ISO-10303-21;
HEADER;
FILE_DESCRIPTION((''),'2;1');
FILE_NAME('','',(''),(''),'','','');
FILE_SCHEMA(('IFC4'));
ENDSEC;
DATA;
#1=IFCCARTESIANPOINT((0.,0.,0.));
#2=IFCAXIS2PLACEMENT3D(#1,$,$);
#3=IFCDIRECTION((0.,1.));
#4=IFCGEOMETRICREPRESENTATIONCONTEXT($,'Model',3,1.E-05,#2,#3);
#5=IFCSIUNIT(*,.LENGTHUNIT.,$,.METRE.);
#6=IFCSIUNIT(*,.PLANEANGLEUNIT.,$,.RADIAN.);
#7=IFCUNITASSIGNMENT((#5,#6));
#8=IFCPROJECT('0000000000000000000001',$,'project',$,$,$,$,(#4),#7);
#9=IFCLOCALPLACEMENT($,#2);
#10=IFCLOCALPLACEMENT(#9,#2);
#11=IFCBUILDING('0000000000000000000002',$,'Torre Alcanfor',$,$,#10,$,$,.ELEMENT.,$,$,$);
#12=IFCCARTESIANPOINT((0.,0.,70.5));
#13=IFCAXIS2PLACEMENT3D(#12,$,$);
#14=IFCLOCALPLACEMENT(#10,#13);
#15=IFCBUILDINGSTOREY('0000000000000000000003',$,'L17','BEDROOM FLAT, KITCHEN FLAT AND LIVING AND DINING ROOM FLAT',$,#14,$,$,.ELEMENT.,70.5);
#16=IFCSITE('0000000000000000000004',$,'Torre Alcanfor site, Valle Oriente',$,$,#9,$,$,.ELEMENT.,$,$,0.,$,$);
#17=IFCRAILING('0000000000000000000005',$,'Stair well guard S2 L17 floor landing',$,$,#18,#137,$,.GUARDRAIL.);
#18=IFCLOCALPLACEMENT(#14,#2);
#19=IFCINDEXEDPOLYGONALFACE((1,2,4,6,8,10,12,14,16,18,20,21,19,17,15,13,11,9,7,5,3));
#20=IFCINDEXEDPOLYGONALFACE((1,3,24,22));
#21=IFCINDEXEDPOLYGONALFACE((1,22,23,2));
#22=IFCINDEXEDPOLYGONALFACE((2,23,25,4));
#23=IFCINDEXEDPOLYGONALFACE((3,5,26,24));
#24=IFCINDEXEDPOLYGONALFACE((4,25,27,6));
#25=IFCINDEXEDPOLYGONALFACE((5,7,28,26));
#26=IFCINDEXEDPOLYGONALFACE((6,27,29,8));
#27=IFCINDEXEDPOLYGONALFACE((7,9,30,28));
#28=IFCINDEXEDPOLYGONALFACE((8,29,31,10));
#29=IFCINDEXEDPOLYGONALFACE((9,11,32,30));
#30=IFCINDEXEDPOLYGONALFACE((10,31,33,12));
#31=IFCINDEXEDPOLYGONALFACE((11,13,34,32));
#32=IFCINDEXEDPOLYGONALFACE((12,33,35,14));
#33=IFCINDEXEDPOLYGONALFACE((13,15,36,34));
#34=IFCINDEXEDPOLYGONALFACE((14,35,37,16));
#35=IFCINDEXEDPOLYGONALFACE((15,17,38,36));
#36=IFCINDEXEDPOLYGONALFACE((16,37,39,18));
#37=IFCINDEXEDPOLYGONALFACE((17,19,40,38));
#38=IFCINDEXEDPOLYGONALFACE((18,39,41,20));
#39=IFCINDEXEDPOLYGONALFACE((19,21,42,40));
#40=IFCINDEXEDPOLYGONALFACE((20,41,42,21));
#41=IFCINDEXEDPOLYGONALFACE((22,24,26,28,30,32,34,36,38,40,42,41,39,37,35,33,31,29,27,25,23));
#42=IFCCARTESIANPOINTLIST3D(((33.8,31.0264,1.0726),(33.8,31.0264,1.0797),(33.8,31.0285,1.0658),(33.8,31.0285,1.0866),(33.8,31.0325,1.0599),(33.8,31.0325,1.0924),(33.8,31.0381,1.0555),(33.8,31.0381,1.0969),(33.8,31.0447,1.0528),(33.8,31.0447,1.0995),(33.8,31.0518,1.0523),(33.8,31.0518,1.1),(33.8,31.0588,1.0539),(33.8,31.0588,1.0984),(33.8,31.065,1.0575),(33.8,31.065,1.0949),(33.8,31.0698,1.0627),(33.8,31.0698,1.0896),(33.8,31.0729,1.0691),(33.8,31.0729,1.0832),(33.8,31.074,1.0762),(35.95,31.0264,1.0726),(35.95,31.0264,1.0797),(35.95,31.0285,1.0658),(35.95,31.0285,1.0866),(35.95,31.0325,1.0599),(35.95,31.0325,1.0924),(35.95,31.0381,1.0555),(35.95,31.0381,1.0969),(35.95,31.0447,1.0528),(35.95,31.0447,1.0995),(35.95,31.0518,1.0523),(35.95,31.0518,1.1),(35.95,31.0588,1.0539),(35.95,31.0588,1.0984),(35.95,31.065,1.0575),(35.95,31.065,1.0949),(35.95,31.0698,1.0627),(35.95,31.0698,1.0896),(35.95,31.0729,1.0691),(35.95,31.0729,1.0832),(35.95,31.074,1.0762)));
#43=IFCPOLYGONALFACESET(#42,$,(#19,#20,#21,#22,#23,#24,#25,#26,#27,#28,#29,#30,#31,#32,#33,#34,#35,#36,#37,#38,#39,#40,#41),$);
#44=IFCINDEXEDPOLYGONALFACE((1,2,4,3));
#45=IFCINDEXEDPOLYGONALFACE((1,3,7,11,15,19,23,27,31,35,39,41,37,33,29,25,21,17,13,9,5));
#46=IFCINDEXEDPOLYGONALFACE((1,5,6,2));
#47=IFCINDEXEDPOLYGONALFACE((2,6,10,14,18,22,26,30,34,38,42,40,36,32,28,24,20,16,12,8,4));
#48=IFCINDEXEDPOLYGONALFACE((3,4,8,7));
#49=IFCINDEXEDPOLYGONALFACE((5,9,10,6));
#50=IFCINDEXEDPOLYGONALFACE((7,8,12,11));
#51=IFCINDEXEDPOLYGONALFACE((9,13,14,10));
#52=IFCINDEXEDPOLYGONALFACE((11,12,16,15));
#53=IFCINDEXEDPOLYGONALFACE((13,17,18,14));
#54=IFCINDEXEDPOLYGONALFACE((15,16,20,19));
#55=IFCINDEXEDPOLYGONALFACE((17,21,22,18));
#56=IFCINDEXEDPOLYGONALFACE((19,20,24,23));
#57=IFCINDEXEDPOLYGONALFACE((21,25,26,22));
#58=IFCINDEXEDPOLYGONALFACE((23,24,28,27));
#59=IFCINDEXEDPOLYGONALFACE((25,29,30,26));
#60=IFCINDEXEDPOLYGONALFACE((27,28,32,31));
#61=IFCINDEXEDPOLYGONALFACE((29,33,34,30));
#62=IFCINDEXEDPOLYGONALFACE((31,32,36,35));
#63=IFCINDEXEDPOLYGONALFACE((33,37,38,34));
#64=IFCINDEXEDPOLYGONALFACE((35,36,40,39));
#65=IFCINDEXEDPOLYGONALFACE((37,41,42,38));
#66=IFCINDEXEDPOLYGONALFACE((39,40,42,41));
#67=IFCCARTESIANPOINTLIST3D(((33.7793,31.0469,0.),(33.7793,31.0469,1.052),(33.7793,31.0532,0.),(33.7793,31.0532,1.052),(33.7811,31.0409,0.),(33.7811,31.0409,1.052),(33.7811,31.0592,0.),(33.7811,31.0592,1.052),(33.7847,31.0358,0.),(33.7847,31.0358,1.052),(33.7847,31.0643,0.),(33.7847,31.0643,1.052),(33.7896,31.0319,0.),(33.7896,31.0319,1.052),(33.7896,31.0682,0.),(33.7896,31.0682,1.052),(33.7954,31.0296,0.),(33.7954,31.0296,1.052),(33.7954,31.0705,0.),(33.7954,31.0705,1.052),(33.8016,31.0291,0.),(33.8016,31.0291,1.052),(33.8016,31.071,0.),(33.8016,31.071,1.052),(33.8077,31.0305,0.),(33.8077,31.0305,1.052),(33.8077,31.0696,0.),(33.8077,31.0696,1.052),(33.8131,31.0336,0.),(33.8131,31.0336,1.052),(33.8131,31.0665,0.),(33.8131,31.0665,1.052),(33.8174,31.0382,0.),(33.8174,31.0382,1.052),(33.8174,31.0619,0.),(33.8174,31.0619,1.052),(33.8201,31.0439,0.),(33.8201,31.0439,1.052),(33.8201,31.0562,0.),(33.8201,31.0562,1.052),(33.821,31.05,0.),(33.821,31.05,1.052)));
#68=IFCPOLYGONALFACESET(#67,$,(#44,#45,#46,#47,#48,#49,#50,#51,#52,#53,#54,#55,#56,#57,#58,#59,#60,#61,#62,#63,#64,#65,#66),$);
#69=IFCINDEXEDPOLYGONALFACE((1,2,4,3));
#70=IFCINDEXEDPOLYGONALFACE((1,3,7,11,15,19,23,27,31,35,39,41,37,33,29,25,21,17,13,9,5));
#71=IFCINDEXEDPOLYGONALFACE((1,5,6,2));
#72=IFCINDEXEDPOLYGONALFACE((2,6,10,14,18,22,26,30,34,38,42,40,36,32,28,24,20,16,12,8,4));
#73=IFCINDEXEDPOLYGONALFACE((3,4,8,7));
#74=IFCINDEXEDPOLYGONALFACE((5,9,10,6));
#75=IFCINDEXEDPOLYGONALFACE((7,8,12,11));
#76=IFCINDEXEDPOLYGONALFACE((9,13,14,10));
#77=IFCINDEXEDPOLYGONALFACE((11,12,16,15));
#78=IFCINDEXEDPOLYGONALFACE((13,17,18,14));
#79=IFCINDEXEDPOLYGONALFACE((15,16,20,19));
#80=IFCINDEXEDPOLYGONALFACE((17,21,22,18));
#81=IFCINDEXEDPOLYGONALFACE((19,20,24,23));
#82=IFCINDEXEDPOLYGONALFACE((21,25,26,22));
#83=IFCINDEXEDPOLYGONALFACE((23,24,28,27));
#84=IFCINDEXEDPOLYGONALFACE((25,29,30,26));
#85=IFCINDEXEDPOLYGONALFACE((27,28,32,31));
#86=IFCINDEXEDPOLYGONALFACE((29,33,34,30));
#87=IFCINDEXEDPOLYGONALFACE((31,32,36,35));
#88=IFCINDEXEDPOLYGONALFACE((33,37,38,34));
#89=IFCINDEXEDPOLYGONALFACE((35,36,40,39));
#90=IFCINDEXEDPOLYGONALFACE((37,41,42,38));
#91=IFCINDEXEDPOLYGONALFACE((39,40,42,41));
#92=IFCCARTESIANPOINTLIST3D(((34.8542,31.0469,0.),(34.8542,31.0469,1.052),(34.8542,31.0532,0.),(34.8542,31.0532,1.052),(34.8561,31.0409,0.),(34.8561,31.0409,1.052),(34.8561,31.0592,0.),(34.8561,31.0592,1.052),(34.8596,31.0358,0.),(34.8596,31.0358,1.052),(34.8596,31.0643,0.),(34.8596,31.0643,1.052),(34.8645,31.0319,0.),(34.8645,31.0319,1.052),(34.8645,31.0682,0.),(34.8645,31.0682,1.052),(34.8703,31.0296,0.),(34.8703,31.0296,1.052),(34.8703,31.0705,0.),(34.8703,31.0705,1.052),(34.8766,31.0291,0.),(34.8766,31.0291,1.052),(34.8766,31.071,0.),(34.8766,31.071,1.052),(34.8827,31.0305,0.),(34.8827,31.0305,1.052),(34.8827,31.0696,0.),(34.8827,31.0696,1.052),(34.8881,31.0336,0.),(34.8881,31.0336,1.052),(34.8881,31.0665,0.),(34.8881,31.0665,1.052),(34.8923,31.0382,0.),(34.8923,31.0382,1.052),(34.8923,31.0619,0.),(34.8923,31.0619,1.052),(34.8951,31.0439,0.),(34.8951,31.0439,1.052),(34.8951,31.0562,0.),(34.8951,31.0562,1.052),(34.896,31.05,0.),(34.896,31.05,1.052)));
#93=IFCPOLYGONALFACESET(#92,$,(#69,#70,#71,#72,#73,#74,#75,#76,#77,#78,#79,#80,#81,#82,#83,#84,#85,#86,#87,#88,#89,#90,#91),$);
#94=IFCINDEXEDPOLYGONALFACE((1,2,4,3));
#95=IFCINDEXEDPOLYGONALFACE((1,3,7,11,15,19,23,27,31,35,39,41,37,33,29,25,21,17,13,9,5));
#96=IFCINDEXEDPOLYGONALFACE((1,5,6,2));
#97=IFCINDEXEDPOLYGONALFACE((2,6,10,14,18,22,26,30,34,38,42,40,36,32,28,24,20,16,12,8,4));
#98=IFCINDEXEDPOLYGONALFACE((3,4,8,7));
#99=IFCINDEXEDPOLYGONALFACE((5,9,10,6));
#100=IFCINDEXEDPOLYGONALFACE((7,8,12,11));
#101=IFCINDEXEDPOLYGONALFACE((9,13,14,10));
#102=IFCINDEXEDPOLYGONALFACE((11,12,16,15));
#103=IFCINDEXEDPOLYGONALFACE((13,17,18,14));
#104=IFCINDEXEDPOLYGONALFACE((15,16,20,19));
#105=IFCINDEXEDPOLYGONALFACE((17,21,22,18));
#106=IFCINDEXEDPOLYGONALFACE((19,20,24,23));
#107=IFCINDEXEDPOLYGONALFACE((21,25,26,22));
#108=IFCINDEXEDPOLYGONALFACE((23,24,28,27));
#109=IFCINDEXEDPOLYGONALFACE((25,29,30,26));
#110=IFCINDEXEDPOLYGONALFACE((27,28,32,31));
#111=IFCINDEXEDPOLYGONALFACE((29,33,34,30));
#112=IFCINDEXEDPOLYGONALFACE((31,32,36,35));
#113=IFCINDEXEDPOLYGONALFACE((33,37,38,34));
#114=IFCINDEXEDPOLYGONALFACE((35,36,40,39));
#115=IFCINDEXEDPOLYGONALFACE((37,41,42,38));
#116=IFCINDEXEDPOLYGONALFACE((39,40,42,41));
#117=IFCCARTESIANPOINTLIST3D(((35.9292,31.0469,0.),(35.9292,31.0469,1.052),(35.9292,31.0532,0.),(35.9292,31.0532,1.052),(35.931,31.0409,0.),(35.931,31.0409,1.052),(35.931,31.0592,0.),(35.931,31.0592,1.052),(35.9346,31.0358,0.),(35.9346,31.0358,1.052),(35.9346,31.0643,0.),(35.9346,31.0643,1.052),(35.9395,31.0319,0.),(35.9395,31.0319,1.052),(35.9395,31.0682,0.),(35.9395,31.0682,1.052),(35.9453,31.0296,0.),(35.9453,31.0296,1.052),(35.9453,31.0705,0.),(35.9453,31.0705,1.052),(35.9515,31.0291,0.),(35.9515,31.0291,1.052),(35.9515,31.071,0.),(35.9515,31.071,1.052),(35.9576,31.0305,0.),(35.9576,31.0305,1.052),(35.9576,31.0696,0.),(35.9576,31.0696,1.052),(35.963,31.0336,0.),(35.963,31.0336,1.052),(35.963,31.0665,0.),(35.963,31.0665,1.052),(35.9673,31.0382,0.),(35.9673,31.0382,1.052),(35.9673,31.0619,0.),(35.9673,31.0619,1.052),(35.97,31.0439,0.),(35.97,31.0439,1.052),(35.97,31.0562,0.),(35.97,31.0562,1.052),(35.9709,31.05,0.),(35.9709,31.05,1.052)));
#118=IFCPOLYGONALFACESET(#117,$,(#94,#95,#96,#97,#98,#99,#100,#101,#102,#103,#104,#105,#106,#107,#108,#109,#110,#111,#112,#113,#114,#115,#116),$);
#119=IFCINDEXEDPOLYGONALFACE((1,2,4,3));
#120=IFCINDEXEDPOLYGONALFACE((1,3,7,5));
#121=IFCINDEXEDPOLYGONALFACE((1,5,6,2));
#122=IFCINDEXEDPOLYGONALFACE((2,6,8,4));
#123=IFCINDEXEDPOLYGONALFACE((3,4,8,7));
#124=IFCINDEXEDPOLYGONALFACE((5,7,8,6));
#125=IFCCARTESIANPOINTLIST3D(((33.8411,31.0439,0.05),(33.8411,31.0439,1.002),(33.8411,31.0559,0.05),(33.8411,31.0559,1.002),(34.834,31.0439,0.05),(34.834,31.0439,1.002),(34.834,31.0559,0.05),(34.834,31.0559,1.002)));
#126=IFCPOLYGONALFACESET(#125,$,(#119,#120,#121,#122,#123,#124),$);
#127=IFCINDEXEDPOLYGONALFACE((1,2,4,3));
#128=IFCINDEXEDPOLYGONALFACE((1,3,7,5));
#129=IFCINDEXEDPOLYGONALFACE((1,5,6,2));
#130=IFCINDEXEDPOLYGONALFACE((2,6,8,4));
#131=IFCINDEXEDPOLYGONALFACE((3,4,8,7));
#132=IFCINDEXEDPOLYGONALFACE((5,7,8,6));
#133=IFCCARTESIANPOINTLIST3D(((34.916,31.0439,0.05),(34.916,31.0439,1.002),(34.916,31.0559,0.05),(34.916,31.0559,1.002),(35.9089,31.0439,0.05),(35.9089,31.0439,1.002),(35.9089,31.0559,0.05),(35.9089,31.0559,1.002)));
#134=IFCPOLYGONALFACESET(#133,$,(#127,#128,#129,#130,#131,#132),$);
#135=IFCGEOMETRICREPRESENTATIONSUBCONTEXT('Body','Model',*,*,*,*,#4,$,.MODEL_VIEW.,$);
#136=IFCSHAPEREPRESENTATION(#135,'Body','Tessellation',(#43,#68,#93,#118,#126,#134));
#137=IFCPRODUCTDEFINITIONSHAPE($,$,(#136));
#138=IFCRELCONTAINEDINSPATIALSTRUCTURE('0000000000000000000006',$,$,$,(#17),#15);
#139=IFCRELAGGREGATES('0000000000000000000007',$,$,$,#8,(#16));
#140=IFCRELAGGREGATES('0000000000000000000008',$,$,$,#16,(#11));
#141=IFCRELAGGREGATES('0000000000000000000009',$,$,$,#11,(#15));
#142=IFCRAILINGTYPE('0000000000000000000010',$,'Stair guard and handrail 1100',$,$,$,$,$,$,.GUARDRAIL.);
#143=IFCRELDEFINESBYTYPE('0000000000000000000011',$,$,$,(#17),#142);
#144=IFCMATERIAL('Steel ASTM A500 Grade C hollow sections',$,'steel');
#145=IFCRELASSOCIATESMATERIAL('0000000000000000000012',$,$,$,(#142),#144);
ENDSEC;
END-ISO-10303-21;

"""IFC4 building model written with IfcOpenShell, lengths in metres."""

from ifc_helpers import new_model, si_unit, direction, frame, origin, origin_2d, place, context, subcontext, project, spatial, polyline, circle, outline, extrude, material, type_object, element, save


model = new_model("IFC4")

# Units and contexts
model_context = context("Model", 3, precision=1e-05, world=origin(), true_north=direction((0.0, 1.0)))
body_context = subcontext(model_context, "Body", "Model", "MODEL_VIEW")
ifc_project = project(units=[si_unit("LENGTHUNIT", "METRE"), si_unit("PLANEANGLEUNIT", "RADIAN")], contexts=[model_context])

# Site, building, storey
site_placement = place(None, origin())
site = spatial("IfcSite", under=ifc_project, at=site_placement, Name="Torre Alcanfor site, Valle Oriente", CompositionType="ELEMENT", RefElevation=0.0)
building_placement = place(site_placement, origin())
building = spatial("IfcBuilding", under=site, at=building_placement, Name="Torre Alcanfor", CompositionType="ELEMENT")
storey_placement = place(building_placement, frame((0.0, 0.0, 70.5)))
storey = spatial("IfcBuildingStorey", under=building, at=storey_placement, Name="L17", Description="BEDROOM FLAT, KITCHEN FLAT AND LIVING AND DINING ROOM FLAT", CompositionType="ELEMENT", Elevation=70.5)

# Railing
ifc_material_1 = material(Name="Steel ASTM A500 Grade C hollow sections", Category="steel")
railing_type_1 = type_object("IfcRailingType", Name="Stair guard and handrail 1100", PredefinedType="GUARDRAIL", material=ifc_material_1)
for number, where, name in (
    (1, (33.8, 31.05, 0.0), "Stair well guard S2 L17 floor landing"),
):
    element("IfcRailing", number, at=place(storey_placement, frame(where)), inside=storey, type_object=railing_type_1, Name=name, PredefinedType="GUARDRAIL", context=body_context, shape_type="SweptSolid", body=[
        extrude(circle(Radius=0.0239, at=origin_2d()), frame((0.0, 0.0, 1.0762), z_axis=(1.0, 0.0, 0.0), x_axis=(0.0, 1.0, 0.0)), (0.0, 0.0, 1.0), 2.1499),
        extrude(circle(Radius=0.021, at=origin_2d()), origin(), (0.0, 0.0, 1.0), 1.052),
        extrude(circle(Radius=0.021, at=origin_2d()), frame((1.075, 0.0, 0.0)), (0.0, 0.0, 1.0), 1.052),
        extrude(circle(Radius=0.021, at=origin_2d()), frame((2.1499, 0.0, 0.0)), (0.0, 0.0, 1.0), 1.052),
        extrude(outline(polyline([(0.041, 0.05), (1.0339, 0.05), (1.0339, 1.002), (0.041, 1.002), (0.041, 0.05)])), frame((0.0, 0.0059, 0.0), z_axis=(0.0, -1.0, 0.0), x_axis=(1.0, 0.0, 0.0)), (0.0, 0.0, 1.0), 0.012),
        extrude(outline(polyline([(1.116, 0.05), (2.1089, 0.05), (2.1089, 1.002), (1.116, 1.002), (1.116, 0.05)])), frame((0.0, 0.0059, 0.0), z_axis=(0.0, -1.0, 0.0), x_axis=(1.0, 0.0, 0.0)), (0.0, 0.0, 1.0), 0.012),
    ])

save(model, "model.ifc")
